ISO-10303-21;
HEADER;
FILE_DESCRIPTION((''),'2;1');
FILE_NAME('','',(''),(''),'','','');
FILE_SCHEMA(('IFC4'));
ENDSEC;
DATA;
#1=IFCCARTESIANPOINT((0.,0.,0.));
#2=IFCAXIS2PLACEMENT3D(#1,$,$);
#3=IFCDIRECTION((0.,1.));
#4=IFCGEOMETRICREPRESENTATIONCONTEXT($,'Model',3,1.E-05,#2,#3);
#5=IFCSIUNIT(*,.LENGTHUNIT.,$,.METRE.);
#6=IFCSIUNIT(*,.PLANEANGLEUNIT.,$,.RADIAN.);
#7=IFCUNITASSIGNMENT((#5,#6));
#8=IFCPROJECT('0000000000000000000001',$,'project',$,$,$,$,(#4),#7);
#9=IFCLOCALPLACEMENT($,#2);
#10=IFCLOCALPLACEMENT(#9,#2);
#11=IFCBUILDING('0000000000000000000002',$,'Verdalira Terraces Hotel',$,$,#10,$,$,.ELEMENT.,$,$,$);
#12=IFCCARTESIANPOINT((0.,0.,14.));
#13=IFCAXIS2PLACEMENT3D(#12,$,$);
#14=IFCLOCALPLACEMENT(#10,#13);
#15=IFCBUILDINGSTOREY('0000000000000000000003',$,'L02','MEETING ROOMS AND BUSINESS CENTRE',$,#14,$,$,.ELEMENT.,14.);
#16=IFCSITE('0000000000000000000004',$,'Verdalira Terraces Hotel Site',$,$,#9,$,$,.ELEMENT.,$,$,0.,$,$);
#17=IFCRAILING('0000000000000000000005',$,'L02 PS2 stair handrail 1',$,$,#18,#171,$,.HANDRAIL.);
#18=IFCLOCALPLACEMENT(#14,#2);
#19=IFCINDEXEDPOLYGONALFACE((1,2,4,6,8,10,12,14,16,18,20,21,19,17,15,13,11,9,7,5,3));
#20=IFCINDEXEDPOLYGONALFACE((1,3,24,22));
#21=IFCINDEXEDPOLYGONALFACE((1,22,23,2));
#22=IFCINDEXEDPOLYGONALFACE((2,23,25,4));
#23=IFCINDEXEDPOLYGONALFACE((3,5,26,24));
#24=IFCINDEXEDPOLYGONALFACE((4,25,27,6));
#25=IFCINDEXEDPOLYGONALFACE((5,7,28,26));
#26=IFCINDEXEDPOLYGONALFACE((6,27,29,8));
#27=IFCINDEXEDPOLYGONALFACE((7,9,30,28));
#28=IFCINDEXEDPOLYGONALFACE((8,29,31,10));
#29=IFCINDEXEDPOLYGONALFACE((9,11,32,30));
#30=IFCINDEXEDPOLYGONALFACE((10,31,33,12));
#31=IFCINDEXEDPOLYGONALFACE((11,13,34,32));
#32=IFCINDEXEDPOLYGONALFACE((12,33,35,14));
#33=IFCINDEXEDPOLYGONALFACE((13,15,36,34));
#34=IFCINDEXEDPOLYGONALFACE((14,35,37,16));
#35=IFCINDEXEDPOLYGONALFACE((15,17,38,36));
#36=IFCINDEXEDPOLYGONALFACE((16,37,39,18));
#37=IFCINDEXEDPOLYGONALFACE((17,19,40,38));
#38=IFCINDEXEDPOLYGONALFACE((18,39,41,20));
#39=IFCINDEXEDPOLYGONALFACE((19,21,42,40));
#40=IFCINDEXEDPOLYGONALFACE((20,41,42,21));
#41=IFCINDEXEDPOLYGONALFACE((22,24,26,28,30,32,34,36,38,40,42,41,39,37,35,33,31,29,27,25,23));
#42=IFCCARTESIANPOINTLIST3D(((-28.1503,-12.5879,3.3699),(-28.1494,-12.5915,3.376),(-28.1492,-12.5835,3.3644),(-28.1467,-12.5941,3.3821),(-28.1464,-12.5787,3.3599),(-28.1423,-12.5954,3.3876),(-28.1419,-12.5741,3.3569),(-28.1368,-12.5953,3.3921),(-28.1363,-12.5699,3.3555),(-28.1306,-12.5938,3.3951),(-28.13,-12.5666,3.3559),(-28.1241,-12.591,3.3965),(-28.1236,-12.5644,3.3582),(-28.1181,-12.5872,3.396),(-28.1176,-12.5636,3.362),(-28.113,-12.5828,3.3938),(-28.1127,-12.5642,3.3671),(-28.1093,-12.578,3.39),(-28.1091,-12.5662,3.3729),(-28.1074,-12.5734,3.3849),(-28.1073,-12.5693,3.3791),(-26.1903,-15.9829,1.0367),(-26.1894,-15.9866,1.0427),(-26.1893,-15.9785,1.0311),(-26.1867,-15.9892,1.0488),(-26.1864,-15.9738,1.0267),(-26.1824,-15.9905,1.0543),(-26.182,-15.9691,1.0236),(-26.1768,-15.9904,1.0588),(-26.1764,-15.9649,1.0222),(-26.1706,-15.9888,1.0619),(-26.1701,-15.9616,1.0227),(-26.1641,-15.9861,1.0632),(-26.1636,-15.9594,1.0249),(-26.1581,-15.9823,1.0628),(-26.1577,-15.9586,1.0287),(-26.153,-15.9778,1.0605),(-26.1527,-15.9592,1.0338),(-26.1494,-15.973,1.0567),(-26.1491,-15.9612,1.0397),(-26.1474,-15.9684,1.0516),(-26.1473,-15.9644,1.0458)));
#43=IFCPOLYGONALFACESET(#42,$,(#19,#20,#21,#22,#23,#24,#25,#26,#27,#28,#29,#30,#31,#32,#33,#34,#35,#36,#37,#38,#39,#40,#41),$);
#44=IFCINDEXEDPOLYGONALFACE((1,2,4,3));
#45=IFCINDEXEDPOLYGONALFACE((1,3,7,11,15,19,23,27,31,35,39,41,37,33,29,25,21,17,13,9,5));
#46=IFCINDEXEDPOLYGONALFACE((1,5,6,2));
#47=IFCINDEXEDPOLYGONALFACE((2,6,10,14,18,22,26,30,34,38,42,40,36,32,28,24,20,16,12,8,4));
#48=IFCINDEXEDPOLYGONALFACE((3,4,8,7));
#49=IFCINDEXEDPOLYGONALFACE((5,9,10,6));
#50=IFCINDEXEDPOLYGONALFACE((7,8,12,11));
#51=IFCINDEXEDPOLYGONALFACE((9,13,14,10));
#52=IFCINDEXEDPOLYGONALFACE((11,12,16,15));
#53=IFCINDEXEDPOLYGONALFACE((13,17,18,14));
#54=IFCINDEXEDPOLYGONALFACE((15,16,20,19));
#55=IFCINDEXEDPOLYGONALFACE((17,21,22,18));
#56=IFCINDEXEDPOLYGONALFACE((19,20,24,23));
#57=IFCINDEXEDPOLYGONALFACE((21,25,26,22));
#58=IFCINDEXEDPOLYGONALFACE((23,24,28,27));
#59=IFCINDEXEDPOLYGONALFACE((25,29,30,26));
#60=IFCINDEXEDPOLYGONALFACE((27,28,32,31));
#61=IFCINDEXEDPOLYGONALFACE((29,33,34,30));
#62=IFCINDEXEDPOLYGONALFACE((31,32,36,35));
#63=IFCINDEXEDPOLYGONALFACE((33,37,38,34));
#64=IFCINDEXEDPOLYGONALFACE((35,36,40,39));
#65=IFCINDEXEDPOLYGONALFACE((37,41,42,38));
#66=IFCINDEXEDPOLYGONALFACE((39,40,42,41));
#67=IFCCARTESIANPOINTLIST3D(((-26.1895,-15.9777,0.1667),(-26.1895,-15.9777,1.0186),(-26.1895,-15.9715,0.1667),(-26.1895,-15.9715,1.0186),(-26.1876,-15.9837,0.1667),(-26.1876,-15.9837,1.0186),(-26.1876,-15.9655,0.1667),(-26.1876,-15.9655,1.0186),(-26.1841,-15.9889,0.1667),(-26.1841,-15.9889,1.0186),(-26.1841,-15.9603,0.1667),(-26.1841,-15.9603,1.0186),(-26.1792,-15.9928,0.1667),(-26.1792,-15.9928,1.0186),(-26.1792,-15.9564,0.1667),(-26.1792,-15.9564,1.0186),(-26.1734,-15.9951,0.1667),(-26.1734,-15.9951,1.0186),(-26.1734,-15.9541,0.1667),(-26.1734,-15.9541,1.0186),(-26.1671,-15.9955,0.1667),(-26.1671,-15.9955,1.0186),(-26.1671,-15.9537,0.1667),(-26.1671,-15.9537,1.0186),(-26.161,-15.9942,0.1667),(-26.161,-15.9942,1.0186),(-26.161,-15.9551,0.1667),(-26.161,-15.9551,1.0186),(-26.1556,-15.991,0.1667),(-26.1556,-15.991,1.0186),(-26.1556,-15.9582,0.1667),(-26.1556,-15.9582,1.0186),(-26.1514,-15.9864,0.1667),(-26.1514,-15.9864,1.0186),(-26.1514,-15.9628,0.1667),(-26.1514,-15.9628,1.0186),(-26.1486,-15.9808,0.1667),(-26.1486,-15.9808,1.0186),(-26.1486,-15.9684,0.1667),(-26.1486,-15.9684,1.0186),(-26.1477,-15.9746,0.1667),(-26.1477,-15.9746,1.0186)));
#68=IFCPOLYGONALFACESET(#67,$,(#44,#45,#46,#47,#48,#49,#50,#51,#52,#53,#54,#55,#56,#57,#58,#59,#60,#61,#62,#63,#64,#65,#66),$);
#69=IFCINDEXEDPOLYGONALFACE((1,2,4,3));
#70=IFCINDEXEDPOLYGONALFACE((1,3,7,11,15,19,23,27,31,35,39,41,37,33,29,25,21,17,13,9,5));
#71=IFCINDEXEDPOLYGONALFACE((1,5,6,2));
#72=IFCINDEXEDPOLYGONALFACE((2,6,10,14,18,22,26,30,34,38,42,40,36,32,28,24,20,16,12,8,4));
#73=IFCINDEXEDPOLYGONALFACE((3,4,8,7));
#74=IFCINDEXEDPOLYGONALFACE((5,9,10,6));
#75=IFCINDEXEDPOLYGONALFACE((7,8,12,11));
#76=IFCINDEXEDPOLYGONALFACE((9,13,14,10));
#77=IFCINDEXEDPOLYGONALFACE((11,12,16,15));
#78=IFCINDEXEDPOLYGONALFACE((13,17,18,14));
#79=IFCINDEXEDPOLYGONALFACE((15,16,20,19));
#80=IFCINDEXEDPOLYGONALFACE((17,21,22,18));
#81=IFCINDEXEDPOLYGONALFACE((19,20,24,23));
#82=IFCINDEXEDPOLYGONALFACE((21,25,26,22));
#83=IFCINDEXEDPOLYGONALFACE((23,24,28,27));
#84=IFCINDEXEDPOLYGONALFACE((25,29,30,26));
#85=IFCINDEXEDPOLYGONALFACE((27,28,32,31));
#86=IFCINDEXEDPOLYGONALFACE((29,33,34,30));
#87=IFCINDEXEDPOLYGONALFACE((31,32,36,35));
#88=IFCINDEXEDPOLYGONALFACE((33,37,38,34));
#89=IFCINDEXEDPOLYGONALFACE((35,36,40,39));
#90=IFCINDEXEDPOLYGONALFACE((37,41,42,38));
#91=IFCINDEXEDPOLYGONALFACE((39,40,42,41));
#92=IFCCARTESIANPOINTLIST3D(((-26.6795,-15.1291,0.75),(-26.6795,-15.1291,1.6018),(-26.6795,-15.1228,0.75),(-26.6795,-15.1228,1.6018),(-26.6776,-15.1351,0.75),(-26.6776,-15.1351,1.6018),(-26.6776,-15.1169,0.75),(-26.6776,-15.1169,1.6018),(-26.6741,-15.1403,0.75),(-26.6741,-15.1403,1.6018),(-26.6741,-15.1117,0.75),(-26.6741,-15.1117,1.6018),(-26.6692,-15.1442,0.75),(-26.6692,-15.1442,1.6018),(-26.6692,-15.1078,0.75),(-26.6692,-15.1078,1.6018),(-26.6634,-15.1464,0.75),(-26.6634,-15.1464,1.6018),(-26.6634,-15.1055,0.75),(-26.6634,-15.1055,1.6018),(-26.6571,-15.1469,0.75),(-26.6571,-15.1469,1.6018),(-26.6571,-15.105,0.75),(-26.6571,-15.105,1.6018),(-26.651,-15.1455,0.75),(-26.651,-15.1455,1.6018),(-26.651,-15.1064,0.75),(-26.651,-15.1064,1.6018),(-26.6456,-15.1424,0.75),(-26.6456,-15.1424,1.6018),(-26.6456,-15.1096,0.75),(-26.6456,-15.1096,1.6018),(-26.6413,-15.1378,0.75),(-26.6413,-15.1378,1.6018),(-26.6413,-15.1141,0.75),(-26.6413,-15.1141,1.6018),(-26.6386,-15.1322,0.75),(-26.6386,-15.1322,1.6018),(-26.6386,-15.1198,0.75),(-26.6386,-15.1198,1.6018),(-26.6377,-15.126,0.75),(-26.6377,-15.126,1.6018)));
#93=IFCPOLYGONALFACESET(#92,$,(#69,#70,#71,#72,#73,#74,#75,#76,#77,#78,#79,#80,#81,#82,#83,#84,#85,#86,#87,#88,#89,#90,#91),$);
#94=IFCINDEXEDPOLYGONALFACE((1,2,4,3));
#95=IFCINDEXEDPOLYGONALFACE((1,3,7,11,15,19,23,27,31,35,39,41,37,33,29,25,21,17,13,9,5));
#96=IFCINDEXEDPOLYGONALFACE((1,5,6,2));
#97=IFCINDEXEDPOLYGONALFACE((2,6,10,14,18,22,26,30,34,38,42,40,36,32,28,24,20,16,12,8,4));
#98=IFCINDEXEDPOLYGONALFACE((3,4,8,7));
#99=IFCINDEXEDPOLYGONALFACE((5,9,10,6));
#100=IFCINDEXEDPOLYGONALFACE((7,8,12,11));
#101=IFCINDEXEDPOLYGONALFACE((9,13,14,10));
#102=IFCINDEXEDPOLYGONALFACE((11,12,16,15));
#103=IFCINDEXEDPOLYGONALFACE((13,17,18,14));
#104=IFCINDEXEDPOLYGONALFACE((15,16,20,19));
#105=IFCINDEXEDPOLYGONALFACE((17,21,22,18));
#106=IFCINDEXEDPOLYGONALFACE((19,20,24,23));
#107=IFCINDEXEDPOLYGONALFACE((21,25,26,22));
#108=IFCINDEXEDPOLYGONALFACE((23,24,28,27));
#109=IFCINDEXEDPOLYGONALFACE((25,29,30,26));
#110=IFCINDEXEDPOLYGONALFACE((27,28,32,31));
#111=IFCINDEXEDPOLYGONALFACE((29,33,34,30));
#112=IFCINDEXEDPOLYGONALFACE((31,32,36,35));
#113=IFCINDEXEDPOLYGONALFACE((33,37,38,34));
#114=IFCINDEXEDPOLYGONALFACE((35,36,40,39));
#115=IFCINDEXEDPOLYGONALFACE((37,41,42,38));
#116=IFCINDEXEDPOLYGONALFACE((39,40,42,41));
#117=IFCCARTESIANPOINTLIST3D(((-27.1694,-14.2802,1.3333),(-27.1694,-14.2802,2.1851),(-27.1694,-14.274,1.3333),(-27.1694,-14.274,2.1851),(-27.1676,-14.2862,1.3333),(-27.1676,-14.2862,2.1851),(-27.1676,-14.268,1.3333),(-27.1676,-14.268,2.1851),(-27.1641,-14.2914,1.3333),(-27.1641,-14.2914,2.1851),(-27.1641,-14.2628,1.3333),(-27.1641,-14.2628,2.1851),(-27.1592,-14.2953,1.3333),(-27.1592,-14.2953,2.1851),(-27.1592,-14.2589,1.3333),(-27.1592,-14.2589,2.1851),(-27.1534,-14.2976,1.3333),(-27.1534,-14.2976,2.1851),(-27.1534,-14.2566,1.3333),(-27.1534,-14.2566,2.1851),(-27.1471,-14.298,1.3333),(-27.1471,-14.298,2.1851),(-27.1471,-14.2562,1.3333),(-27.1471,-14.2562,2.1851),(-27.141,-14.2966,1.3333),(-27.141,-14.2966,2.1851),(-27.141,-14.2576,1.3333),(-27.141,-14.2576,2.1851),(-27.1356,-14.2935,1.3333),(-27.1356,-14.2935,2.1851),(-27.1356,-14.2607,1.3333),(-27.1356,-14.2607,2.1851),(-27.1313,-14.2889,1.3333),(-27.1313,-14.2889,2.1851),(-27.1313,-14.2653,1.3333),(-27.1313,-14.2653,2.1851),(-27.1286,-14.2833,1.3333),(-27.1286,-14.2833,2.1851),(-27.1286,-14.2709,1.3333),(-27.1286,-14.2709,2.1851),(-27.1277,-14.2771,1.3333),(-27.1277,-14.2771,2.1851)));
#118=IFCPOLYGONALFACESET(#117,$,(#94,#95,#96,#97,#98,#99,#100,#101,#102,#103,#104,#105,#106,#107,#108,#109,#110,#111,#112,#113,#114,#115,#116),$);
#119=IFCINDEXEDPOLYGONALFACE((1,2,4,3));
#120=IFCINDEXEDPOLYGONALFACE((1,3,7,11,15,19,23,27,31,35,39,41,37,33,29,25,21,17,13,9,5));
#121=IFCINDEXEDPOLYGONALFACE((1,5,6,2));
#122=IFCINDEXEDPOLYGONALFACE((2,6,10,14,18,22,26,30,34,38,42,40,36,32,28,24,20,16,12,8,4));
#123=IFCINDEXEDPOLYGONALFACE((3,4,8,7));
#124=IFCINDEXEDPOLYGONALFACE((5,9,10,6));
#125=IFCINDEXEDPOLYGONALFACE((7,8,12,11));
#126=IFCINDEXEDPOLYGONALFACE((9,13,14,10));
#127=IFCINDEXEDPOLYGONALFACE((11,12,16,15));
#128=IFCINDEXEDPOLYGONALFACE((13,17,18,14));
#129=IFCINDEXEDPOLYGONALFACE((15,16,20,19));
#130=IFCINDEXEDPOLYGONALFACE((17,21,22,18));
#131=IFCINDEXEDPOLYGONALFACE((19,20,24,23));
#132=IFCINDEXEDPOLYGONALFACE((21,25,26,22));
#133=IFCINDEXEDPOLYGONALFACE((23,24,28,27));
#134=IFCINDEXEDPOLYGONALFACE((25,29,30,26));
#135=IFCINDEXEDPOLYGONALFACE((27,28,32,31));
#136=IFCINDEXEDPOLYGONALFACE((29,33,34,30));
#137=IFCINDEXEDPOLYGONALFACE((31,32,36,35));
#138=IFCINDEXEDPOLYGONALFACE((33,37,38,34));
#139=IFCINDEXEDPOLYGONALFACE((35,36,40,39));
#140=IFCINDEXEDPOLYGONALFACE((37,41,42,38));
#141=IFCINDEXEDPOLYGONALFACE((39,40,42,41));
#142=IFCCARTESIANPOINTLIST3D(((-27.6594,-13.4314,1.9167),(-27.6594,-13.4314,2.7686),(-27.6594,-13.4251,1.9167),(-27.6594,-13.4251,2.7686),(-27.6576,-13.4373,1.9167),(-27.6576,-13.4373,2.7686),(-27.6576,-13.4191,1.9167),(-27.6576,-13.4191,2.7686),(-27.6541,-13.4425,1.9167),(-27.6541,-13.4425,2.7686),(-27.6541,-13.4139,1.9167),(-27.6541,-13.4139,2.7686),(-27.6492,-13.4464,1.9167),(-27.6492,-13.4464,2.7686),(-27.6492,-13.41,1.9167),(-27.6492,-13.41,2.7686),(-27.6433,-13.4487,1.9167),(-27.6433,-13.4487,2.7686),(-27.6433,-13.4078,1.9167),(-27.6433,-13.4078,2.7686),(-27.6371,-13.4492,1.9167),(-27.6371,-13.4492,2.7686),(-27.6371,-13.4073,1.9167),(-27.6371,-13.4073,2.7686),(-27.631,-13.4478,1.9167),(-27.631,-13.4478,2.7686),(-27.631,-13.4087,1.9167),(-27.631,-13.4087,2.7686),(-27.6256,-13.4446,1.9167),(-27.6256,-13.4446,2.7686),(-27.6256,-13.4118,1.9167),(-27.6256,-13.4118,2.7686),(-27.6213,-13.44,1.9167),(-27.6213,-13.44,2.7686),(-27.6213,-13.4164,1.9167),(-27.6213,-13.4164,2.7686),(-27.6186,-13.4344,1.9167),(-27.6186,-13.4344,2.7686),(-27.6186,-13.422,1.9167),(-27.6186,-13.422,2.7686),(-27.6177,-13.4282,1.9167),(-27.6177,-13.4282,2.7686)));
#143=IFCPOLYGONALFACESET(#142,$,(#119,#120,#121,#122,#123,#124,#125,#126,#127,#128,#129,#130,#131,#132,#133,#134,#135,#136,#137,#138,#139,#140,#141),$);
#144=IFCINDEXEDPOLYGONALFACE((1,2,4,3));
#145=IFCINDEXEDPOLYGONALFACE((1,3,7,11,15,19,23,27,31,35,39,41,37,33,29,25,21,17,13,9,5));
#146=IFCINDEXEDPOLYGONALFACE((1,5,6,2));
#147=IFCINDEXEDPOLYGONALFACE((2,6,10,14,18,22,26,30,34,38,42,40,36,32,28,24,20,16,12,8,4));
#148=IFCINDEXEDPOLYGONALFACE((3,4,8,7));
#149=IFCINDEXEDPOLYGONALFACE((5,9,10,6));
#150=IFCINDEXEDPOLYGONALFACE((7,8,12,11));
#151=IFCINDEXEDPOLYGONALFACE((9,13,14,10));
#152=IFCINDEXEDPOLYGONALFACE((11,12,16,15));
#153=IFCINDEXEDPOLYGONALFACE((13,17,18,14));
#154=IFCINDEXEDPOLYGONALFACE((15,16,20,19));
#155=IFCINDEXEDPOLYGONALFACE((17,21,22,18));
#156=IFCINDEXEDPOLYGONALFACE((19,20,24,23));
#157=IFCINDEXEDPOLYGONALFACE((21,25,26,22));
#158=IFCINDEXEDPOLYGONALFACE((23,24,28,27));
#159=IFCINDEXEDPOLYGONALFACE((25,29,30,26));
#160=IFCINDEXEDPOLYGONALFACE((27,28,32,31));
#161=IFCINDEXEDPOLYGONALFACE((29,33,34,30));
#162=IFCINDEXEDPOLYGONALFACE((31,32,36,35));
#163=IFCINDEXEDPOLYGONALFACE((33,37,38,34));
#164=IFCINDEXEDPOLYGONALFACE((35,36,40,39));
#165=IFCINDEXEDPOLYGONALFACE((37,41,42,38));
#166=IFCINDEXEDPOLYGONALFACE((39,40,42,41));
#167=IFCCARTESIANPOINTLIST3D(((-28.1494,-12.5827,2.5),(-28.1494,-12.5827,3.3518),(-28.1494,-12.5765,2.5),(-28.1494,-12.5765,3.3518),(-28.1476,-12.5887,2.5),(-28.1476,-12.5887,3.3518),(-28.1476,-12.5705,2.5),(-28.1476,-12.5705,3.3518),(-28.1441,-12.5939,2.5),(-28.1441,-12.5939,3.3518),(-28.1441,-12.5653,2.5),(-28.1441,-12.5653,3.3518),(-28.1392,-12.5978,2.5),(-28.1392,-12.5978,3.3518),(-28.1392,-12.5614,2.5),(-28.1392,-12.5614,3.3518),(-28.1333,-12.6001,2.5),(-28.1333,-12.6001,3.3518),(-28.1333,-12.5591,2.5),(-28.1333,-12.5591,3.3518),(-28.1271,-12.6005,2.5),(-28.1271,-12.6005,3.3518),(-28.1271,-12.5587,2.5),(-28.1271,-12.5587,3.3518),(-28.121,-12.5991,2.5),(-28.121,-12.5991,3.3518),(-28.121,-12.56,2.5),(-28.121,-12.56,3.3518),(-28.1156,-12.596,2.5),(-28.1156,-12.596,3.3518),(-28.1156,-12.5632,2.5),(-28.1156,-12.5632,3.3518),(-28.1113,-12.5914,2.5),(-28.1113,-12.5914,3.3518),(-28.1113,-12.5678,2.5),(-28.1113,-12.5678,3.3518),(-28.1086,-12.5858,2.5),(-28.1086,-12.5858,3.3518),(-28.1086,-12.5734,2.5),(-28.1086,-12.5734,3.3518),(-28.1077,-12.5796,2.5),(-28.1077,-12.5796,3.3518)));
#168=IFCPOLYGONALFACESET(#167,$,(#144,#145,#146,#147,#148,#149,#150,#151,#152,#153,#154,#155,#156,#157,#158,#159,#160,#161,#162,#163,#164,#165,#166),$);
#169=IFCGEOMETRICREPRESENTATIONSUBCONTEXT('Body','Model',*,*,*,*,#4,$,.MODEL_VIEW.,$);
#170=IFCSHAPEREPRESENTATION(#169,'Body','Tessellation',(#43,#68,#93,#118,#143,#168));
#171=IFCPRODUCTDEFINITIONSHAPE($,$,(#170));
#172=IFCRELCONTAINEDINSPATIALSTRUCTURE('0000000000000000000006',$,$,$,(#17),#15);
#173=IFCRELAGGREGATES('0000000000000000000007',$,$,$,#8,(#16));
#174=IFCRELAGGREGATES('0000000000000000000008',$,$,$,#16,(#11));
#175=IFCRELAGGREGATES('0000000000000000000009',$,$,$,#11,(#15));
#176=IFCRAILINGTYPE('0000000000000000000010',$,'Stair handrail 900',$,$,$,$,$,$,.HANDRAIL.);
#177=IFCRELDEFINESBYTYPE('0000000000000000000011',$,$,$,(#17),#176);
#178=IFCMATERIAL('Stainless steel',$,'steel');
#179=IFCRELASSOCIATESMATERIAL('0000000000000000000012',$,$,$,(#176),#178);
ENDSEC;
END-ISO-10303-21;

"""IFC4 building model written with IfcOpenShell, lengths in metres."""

from ifc_helpers import new_model, si_unit, direction, frame, origin, origin_2d, place, context, subcontext, project, spatial, circle, extrude, material, type_object, element, save


model = new_model("IFC4")

# Units and contexts
model_context = context("Model", 3, precision=1e-05, world=origin(), true_north=direction((0.0, 1.0)))
body_context = subcontext(model_context, "Body", "Model", "MODEL_VIEW")
ifc_project = project(units=[si_unit("LENGTHUNIT", "METRE"), si_unit("PLANEANGLEUNIT", "RADIAN")], contexts=[model_context])

# Site, building, storey
site_placement = place(None, origin())
site = spatial("IfcSite", under=ifc_project, at=site_placement, Name="Verdalira Terraces Hotel Site", CompositionType="ELEMENT", RefElevation=0.0)
building_placement = place(site_placement, origin())
building = spatial("IfcBuilding", under=site, at=building_placement, Name="Verdalira Terraces Hotel", CompositionType="ELEMENT")
storey_placement = place(building_placement, frame((0.0, 0.0, 14.0)))
storey = spatial("IfcBuildingStorey", under=building, at=storey_placement, Name="L02", Description="MEETING ROOMS AND BUSINESS CENTRE", CompositionType="ELEMENT", Elevation=14.0)

# Railing
ifc_material_1 = material(Name="Stainless steel", Category="steel")
railing_type_1 = type_object("IfcRailingType", Name="Stair handrail 900", PredefinedType="HANDRAIL", material=ifc_material_1)
railing_1_placement = place(storey_placement, frame((-26.1687, -15.9746, 0.1667)))
element("IfcRailing", 1, at=railing_1_placement, inside=storey, type_object=railing_type_1, Name="L02 PS2 stair handrail 1", PredefinedType="HANDRAIL", context=body_context, shape_type="SweptSolid", body=[
    extrude(circle(Radius=0.0239, at=origin_2d()), frame((0.0, 0.0, 0.876), z_axis=(-0.429629, 0.744199, 0.511456), x_axis=(-0.866042, -0.49997, 0.0)), (0.0, 0.0, 1.0), 4.562),
    extrude(circle(Radius=0.021, at=origin_2d()), origin(), (0.0, 0.0, 1.0), 0.8518),
    extrude(circle(Radius=0.021, at=origin_2d()), frame((-0.49, 0.8486, 0.5833)), (0.0, 0.0, 1.0), 0.8518),
    extrude(circle(Radius=0.021, at=origin_2d()), frame((-0.98, 1.6975, 1.1665)), (0.0, 0.0, 1.0), 0.8518),
    extrude(circle(Radius=0.021, at=origin_2d()), frame((-1.47, 2.5464, 1.75)), (0.0, 0.0, 1.0), 0.8518),
    extrude(circle(Radius=0.021, at=origin_2d()), frame((-1.96, 3.395, 2.3333)), (0.0, 0.0, 1.0), 0.8518),
])

save(model, "model.ifc")
